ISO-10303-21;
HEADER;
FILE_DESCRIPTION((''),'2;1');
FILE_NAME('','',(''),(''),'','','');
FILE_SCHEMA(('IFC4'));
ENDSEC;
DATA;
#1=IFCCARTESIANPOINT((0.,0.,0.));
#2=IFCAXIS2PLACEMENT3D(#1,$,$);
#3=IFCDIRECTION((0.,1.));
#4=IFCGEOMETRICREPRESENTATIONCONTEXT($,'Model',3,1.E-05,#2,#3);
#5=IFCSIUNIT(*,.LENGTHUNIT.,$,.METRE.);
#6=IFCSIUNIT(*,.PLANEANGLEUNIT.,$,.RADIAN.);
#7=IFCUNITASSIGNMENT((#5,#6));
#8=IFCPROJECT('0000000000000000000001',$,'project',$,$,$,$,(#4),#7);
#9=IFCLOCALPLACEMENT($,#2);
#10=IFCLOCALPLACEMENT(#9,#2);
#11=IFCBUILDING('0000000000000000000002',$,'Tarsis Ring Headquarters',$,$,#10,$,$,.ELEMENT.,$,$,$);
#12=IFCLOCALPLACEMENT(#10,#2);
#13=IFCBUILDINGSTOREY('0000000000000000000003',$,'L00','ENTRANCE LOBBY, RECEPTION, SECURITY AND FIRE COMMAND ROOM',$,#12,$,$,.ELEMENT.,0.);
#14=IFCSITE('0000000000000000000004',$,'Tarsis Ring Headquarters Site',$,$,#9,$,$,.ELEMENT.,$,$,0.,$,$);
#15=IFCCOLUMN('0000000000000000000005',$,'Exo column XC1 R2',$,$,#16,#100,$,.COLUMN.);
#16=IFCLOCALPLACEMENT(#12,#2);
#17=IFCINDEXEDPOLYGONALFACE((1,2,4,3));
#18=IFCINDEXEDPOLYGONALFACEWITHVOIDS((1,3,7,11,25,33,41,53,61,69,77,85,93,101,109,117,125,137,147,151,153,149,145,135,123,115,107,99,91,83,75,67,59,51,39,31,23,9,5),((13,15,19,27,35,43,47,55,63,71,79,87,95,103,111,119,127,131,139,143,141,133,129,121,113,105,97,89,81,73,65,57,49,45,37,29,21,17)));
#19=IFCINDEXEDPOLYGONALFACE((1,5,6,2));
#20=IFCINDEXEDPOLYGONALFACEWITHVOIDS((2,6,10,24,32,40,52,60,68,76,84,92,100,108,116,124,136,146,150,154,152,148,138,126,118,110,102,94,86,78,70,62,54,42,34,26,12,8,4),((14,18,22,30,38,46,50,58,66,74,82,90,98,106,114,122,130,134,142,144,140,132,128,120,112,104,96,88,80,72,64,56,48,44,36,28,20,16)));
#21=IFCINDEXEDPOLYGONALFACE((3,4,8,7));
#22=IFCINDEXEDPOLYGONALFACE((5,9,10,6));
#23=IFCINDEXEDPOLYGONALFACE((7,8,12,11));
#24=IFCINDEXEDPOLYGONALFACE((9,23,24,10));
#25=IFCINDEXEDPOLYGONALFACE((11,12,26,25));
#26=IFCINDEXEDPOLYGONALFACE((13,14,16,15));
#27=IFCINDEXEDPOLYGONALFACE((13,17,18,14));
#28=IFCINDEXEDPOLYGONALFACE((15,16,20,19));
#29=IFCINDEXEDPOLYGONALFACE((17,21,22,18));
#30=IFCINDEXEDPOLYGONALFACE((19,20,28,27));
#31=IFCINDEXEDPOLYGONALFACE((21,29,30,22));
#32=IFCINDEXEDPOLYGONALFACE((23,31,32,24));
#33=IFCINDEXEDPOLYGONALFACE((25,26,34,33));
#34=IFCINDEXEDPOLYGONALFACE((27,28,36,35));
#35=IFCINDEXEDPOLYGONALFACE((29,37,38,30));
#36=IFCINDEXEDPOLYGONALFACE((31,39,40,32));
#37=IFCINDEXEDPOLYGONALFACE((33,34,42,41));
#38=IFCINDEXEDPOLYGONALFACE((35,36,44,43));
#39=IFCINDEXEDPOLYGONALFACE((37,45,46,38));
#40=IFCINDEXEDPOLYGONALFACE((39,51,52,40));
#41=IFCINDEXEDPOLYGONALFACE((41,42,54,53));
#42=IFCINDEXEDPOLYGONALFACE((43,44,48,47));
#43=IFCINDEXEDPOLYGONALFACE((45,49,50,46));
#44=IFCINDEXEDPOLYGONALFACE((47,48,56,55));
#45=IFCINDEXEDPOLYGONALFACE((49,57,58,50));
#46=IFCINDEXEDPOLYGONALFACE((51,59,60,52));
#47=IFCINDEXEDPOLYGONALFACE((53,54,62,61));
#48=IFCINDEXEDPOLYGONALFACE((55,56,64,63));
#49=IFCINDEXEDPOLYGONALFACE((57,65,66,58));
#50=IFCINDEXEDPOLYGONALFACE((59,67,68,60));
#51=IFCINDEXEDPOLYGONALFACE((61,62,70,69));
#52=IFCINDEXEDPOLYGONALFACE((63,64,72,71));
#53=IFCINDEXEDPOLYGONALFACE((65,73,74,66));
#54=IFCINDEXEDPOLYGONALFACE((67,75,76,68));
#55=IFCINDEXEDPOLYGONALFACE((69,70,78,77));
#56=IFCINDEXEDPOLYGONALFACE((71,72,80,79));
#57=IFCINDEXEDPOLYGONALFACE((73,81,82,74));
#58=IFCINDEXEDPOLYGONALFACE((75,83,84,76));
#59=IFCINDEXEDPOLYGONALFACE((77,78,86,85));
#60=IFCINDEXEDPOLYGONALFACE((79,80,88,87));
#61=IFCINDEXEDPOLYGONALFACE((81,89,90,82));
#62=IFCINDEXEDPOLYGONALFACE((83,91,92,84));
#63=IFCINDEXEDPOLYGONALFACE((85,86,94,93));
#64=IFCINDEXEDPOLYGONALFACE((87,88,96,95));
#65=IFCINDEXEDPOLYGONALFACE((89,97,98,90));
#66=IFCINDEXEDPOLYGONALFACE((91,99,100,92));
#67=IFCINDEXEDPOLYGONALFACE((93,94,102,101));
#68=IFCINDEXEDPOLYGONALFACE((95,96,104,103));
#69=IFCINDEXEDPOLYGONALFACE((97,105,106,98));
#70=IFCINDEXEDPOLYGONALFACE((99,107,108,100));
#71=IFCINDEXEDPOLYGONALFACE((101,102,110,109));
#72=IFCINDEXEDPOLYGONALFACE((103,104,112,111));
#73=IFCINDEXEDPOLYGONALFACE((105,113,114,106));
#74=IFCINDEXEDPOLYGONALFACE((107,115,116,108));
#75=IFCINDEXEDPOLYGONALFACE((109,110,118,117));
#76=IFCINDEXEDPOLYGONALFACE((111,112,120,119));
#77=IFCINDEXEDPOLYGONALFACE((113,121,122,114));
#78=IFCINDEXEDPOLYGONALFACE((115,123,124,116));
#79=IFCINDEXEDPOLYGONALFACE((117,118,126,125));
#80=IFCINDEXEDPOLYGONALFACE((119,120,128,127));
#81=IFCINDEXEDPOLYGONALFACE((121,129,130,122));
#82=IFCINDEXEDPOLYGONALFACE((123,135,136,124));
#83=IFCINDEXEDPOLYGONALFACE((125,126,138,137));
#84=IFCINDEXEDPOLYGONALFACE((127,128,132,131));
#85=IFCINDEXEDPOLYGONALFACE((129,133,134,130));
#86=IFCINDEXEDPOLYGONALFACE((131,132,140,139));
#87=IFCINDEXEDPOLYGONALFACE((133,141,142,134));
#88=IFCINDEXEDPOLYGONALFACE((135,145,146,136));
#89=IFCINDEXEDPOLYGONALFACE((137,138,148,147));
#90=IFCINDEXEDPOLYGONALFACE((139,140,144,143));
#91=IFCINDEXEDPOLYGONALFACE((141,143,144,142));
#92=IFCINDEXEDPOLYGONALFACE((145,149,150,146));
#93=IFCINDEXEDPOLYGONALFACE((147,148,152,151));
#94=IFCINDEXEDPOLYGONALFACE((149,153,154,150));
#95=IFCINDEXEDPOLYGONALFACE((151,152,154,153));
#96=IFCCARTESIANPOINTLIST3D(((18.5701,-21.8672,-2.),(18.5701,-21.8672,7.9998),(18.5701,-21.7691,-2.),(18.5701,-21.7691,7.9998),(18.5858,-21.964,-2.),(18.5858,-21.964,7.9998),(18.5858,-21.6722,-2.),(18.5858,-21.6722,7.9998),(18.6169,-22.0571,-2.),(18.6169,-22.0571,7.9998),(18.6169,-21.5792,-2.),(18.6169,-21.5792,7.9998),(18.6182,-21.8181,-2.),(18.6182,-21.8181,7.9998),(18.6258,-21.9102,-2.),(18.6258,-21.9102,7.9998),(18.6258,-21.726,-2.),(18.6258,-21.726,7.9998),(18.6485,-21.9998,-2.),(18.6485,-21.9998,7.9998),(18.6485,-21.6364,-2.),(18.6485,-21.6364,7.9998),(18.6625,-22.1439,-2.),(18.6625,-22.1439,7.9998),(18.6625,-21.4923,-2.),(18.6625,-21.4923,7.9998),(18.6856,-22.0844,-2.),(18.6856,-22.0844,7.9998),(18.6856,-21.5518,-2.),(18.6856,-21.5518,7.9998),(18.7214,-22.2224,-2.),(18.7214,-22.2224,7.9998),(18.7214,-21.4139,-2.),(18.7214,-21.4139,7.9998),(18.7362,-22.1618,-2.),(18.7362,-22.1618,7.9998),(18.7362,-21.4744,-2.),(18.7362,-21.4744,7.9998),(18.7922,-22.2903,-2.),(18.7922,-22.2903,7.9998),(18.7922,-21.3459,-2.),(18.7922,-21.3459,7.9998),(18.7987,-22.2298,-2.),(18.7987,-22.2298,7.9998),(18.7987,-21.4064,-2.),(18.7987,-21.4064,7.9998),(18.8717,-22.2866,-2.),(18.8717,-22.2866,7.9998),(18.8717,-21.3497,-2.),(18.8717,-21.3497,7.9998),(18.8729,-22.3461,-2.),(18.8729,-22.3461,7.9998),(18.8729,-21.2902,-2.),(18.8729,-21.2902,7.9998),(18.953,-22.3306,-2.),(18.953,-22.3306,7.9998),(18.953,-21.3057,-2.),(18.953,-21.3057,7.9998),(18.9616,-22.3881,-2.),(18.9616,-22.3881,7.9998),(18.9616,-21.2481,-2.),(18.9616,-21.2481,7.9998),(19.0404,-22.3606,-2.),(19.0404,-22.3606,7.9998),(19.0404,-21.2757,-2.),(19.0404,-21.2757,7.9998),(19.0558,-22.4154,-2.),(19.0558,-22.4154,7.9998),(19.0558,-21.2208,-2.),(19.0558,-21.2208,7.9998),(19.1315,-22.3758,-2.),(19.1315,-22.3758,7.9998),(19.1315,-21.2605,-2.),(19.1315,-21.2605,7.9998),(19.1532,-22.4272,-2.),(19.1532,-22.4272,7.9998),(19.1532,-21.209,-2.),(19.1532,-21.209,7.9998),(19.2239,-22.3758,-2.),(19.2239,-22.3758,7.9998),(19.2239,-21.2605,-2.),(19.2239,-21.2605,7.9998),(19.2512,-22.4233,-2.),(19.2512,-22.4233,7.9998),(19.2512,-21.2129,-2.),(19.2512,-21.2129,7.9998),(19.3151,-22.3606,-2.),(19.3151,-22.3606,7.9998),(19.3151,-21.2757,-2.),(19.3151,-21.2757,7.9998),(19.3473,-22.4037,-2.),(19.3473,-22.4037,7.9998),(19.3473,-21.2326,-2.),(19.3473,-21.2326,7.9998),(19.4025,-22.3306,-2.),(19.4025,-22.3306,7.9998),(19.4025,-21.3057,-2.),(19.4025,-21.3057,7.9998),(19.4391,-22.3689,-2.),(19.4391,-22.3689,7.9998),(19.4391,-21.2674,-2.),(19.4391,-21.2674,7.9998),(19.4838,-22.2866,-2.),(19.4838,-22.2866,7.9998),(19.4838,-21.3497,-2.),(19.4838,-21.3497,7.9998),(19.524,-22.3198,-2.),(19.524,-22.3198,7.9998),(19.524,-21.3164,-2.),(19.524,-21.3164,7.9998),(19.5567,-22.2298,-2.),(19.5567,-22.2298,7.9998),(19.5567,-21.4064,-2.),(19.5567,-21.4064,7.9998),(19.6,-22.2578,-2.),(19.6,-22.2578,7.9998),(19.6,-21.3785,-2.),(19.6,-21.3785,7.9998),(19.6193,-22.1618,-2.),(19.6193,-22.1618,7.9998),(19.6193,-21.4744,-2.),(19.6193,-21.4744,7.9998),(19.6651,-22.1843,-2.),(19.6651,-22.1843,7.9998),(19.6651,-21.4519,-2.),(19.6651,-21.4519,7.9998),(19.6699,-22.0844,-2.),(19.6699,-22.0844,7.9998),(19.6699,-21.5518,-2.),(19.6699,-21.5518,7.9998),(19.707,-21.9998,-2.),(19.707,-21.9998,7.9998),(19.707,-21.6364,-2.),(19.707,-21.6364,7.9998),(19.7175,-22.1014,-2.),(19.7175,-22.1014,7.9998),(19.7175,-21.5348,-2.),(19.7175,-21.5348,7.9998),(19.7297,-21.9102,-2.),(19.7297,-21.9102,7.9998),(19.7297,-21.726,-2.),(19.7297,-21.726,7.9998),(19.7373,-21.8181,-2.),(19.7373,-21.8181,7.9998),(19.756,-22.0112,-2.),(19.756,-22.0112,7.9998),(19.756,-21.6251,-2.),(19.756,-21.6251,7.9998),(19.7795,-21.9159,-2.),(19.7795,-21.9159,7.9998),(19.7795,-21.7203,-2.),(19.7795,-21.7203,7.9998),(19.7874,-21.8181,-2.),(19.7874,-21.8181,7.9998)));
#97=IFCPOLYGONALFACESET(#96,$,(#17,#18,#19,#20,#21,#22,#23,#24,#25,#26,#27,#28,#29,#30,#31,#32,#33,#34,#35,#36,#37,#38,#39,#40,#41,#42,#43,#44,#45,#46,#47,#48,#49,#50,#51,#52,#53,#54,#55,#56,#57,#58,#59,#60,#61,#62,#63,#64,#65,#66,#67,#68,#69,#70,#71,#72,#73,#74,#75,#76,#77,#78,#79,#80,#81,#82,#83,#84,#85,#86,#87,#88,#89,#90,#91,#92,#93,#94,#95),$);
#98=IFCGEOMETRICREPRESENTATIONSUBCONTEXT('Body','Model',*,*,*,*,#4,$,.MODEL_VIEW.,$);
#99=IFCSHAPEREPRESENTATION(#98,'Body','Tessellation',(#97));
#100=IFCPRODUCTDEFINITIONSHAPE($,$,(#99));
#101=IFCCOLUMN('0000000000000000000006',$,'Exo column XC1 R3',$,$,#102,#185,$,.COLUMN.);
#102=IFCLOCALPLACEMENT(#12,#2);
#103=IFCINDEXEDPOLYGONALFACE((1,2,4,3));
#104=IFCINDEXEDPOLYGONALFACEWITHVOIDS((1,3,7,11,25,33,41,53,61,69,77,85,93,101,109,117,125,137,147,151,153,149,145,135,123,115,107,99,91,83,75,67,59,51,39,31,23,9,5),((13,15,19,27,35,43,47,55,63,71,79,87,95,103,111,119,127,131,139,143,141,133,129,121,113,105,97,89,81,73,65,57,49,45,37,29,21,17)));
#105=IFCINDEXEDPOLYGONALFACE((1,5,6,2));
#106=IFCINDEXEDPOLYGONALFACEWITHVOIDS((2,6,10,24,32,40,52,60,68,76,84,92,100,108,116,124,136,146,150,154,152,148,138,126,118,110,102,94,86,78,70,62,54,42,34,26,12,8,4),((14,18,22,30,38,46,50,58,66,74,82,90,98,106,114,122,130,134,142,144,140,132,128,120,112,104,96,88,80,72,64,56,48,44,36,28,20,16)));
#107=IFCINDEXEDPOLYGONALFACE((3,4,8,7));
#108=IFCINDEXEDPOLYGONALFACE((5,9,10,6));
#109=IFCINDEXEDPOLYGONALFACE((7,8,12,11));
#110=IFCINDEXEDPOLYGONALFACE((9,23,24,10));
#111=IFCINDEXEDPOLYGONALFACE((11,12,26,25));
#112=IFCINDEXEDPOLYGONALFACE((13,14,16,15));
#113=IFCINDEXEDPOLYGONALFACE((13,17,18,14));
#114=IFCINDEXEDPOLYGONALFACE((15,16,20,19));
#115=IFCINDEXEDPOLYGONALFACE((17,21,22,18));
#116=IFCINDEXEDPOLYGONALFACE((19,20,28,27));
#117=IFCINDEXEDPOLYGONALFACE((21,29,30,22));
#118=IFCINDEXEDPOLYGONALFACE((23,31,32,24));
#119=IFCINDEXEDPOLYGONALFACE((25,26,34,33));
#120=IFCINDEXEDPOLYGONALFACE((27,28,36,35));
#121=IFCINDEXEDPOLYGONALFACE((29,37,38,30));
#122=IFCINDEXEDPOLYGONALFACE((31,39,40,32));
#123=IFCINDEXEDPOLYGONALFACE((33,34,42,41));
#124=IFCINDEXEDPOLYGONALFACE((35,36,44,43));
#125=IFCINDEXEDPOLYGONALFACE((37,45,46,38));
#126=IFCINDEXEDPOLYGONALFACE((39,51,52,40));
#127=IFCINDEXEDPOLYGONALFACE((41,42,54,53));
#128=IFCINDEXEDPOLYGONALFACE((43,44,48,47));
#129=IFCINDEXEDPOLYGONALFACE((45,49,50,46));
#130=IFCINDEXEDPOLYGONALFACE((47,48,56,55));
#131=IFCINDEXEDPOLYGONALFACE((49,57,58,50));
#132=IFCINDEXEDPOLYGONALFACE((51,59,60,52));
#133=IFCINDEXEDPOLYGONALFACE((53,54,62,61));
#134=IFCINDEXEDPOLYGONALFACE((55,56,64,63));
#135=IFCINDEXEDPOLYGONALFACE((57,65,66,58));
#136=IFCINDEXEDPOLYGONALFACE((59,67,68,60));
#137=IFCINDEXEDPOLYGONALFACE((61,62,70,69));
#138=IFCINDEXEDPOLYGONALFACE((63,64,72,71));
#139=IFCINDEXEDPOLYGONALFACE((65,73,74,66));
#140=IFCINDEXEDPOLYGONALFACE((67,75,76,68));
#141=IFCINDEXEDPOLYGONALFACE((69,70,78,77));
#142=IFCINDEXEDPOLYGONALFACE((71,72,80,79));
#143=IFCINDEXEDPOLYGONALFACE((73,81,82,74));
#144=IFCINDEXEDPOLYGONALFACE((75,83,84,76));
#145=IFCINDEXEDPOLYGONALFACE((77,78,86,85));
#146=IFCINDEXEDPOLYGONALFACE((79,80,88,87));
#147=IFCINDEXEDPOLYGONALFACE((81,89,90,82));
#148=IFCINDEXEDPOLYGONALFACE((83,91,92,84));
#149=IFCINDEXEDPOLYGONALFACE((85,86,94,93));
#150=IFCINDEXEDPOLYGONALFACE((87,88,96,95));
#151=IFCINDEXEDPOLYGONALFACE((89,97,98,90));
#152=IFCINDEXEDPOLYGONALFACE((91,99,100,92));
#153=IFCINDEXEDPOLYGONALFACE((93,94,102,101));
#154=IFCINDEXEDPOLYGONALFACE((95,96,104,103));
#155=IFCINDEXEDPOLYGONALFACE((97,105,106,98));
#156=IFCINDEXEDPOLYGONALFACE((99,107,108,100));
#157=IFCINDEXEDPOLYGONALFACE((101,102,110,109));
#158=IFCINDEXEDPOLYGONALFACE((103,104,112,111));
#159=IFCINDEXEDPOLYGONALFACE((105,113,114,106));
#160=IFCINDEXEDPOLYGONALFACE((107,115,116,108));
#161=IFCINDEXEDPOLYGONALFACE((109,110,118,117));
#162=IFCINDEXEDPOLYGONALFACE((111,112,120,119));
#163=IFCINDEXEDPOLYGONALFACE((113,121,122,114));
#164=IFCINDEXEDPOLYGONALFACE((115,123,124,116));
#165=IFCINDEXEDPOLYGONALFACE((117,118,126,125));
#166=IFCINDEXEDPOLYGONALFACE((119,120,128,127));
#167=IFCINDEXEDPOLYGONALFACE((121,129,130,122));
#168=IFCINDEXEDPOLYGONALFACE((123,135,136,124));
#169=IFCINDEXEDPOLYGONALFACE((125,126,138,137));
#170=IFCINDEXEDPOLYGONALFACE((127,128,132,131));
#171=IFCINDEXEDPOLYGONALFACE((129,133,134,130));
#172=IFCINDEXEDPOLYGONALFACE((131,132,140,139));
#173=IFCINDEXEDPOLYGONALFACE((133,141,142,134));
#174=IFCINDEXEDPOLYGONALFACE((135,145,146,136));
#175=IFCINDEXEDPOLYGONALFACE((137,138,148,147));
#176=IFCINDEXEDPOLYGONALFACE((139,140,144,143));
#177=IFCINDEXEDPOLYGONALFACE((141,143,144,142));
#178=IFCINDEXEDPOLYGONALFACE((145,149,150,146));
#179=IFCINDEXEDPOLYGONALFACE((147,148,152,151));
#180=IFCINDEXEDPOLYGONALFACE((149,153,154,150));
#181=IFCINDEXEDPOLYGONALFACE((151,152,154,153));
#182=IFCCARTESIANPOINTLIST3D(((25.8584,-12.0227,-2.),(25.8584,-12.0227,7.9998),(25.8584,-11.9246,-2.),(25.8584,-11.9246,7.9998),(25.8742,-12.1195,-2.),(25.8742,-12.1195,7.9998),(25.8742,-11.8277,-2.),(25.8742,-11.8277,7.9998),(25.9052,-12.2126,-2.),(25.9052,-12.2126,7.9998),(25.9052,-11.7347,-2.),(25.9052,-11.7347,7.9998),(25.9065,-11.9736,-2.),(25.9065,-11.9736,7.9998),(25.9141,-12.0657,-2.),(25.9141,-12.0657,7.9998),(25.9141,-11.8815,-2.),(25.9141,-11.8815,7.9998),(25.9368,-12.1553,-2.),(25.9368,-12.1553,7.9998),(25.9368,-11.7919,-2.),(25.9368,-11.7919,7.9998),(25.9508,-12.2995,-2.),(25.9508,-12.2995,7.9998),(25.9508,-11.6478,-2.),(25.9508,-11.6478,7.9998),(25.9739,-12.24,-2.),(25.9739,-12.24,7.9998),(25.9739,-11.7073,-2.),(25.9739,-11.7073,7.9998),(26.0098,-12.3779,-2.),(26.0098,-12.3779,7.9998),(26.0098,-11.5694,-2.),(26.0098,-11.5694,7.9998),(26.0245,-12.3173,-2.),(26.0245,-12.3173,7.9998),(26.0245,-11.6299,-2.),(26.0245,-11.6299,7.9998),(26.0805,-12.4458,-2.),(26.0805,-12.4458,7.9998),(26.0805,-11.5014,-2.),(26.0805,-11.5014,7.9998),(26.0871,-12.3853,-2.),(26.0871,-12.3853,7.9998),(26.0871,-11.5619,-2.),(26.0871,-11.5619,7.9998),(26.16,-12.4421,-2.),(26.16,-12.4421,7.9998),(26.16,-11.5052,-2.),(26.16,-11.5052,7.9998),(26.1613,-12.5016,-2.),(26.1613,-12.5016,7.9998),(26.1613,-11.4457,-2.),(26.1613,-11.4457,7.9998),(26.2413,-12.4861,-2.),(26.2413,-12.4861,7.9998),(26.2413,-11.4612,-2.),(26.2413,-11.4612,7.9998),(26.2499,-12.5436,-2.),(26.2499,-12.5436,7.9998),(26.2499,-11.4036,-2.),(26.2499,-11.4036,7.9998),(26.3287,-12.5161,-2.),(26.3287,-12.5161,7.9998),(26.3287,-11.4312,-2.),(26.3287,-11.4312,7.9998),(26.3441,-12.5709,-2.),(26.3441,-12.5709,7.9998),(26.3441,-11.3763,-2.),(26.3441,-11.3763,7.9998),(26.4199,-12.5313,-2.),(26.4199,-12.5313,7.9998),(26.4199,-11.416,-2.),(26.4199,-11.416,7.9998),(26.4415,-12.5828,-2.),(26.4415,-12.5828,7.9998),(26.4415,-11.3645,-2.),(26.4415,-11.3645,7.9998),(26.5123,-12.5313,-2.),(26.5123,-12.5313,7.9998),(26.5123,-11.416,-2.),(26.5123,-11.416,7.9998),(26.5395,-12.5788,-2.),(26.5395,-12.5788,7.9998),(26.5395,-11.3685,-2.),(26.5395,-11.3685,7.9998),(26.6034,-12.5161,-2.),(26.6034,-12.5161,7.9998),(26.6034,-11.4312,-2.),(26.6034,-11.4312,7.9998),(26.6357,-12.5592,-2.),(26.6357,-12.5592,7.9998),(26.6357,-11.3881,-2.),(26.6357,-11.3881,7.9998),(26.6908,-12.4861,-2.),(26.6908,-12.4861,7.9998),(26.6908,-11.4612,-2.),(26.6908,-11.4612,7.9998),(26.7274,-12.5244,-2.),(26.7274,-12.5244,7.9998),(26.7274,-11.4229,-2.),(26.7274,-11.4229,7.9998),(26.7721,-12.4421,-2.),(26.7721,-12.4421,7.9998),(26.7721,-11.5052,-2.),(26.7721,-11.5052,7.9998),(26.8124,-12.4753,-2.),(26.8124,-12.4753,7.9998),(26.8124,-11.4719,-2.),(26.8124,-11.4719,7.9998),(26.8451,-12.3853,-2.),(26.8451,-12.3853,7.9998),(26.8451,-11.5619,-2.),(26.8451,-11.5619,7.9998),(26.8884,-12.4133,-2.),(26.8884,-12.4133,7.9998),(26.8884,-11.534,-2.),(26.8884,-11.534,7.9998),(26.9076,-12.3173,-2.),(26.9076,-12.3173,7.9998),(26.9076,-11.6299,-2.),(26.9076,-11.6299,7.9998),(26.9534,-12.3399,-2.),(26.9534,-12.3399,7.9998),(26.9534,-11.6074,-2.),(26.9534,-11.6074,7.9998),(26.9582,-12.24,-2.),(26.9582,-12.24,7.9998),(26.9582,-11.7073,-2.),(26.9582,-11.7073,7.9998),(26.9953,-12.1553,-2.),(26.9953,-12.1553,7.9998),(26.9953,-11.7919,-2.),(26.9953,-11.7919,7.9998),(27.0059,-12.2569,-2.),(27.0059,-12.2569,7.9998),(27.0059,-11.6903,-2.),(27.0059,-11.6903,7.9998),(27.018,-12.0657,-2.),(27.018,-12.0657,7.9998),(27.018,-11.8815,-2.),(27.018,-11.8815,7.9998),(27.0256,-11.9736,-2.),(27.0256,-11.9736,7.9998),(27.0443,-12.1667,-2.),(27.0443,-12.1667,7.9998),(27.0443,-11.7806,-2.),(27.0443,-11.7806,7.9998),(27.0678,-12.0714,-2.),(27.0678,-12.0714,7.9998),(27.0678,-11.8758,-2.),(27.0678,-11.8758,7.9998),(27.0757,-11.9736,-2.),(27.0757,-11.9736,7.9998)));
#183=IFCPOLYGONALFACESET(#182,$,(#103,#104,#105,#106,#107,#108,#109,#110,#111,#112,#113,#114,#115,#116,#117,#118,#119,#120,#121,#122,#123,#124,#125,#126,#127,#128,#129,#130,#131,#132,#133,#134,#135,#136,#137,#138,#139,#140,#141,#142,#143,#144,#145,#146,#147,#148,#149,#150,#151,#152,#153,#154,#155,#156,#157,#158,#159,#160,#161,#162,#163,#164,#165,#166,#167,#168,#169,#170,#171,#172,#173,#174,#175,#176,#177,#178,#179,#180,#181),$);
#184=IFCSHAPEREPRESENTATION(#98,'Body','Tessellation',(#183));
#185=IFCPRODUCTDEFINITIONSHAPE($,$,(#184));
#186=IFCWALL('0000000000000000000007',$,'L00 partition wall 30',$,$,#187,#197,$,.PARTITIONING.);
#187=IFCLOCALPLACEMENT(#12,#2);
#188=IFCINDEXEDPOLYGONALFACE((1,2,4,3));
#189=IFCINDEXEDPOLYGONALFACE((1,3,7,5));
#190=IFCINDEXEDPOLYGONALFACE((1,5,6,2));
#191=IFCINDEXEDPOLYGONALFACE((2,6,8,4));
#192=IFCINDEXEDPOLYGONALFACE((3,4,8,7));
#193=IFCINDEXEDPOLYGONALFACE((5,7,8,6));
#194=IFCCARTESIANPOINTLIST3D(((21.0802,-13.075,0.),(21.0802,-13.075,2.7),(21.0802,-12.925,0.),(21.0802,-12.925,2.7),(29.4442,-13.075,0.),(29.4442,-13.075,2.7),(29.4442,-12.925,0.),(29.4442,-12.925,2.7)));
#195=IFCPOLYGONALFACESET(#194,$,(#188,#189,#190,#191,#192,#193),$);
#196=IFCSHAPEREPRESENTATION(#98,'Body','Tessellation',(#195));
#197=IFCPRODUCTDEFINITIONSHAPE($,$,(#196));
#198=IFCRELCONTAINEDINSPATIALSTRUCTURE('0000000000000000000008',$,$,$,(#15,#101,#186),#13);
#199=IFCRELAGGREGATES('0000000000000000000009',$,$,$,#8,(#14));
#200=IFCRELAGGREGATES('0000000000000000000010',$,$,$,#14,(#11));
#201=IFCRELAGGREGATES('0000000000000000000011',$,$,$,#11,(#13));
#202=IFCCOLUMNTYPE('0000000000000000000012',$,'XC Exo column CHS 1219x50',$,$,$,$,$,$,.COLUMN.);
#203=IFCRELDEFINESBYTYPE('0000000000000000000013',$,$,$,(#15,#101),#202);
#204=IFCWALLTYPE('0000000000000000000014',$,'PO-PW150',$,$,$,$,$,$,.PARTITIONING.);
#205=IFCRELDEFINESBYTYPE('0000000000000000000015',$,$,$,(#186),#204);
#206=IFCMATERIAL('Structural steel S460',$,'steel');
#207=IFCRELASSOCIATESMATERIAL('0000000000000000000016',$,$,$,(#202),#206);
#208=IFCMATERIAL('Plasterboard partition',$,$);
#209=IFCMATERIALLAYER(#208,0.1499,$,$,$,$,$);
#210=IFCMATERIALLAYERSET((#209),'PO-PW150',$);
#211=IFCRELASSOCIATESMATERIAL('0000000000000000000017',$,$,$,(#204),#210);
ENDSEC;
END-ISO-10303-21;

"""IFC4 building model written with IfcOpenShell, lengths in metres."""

from ifc_helpers import new_model, si_unit, direction, frame, frame_2d, origin, origin_2d, place, context, subcontext, project, spatial, rectangle, hollow_circle, extrude, material, layer, layer_set, material_profile, profile_set, type_object, element, save


model = new_model("IFC4")

# Units and contexts
model_context = context("Model", 3, precision=1e-05, world=origin(), true_north=direction((0.0, 1.0)))
body_context = subcontext(model_context, "Body", "Model", "MODEL_VIEW")
ifc_project = project(units=[si_unit("LENGTHUNIT", "METRE"), si_unit("PLANEANGLEUNIT", "RADIAN")], contexts=[model_context])

# Site, building, storey
site_placement = place(None, origin())
site = spatial("IfcSite", under=ifc_project, at=site_placement, Name="Tarsis Ring Headquarters Site", CompositionType="ELEMENT", RefElevation=0.0)
building_placement = place(site_placement, origin())
building = spatial("IfcBuilding", under=site, at=building_placement, Name="Tarsis Ring Headquarters", CompositionType="ELEMENT")
storey_placement = place(building_placement, origin())
storey = spatial("IfcBuildingStorey", under=building, at=storey_placement, Name="L00", Description="ENTRANCE LOBBY, RECEPTION, SECURITY AND FIRE COMMAND ROOM", CompositionType="ELEMENT", Elevation=0.0)

# Columns
ifc_material_1 = material(Name="Structural steel S460", Category="steel")
ifc_material_profile_1 = material_profile(ifc_material_1, hollow_circle(Radius=0.6096, WallThickness=0.05, at=origin_2d()), Name="CHS 1219x50")
ifc_profile_set_1 = profile_set([ifc_material_profile_1], Name="Structural steel S460")
column_type_1 = type_object("IfcColumnType", Name="XC Exo column CHS 1219x50", PredefinedType="COLUMN", material=ifc_profile_set_1)
for number, where, z_axis, x_axis, name in (
    (1, (19.1777, -21.8181, -2.0), (0.0, 0.0, 1.0), (1.0, 0.0, 0.0), "Exo column XC1 R2"),
    (2, (26.4661, -11.9736, -2.0), (0.0, 0.0, 1.0), (1.0, 0.0, 0.0), "Exo column XC1 R3"),
):
    element("IfcColumn", number, at=place(storey_placement, frame(where, z_axis=z_axis, x_axis=x_axis)), inside=storey, type_object=column_type_1, Name=name, PredefinedType="COLUMN", context=body_context, shape_type="SweptSolid", body=[
        extrude(hollow_circle(Radius=0.6096, WallThickness=0.05, at=origin_2d()), origin(), (0.0, 0.0, 1.0), 9.9998),
    ])

# Wall
ifc_material_2 = material(Name="Plasterboard partition")
ifc_layer_1 = layer(ifc_material_2, 0.1499)
ifc_layer_set_1 = layer_set([ifc_layer_1], Name="PO-PW150")
wall_type_1 = type_object("IfcWallType", Name="PO-PW150", PredefinedType="PARTITIONING", material=ifc_layer_set_1)
wall_1_placement = place(storey_placement, frame((21.0801, -13.0, 0.0), z_axis=(0.0, 0.0, 1.0), x_axis=(1.0, 0.0, 0.0)))
element("IfcWall", 3, at=wall_1_placement, inside=storey, type_object=wall_type_1, Name="L00 partition wall 30", PredefinedType="PARTITIONING", context=body_context, shape_type="SweptSolid", body=[
    extrude(rectangle(XDim=8.364, YDim=0.1499, at=frame_2d((4.1821, 0.0))), origin(), (0.0, 0.0, 1.0), 2.7),
])

save(model, "model.ifc")
